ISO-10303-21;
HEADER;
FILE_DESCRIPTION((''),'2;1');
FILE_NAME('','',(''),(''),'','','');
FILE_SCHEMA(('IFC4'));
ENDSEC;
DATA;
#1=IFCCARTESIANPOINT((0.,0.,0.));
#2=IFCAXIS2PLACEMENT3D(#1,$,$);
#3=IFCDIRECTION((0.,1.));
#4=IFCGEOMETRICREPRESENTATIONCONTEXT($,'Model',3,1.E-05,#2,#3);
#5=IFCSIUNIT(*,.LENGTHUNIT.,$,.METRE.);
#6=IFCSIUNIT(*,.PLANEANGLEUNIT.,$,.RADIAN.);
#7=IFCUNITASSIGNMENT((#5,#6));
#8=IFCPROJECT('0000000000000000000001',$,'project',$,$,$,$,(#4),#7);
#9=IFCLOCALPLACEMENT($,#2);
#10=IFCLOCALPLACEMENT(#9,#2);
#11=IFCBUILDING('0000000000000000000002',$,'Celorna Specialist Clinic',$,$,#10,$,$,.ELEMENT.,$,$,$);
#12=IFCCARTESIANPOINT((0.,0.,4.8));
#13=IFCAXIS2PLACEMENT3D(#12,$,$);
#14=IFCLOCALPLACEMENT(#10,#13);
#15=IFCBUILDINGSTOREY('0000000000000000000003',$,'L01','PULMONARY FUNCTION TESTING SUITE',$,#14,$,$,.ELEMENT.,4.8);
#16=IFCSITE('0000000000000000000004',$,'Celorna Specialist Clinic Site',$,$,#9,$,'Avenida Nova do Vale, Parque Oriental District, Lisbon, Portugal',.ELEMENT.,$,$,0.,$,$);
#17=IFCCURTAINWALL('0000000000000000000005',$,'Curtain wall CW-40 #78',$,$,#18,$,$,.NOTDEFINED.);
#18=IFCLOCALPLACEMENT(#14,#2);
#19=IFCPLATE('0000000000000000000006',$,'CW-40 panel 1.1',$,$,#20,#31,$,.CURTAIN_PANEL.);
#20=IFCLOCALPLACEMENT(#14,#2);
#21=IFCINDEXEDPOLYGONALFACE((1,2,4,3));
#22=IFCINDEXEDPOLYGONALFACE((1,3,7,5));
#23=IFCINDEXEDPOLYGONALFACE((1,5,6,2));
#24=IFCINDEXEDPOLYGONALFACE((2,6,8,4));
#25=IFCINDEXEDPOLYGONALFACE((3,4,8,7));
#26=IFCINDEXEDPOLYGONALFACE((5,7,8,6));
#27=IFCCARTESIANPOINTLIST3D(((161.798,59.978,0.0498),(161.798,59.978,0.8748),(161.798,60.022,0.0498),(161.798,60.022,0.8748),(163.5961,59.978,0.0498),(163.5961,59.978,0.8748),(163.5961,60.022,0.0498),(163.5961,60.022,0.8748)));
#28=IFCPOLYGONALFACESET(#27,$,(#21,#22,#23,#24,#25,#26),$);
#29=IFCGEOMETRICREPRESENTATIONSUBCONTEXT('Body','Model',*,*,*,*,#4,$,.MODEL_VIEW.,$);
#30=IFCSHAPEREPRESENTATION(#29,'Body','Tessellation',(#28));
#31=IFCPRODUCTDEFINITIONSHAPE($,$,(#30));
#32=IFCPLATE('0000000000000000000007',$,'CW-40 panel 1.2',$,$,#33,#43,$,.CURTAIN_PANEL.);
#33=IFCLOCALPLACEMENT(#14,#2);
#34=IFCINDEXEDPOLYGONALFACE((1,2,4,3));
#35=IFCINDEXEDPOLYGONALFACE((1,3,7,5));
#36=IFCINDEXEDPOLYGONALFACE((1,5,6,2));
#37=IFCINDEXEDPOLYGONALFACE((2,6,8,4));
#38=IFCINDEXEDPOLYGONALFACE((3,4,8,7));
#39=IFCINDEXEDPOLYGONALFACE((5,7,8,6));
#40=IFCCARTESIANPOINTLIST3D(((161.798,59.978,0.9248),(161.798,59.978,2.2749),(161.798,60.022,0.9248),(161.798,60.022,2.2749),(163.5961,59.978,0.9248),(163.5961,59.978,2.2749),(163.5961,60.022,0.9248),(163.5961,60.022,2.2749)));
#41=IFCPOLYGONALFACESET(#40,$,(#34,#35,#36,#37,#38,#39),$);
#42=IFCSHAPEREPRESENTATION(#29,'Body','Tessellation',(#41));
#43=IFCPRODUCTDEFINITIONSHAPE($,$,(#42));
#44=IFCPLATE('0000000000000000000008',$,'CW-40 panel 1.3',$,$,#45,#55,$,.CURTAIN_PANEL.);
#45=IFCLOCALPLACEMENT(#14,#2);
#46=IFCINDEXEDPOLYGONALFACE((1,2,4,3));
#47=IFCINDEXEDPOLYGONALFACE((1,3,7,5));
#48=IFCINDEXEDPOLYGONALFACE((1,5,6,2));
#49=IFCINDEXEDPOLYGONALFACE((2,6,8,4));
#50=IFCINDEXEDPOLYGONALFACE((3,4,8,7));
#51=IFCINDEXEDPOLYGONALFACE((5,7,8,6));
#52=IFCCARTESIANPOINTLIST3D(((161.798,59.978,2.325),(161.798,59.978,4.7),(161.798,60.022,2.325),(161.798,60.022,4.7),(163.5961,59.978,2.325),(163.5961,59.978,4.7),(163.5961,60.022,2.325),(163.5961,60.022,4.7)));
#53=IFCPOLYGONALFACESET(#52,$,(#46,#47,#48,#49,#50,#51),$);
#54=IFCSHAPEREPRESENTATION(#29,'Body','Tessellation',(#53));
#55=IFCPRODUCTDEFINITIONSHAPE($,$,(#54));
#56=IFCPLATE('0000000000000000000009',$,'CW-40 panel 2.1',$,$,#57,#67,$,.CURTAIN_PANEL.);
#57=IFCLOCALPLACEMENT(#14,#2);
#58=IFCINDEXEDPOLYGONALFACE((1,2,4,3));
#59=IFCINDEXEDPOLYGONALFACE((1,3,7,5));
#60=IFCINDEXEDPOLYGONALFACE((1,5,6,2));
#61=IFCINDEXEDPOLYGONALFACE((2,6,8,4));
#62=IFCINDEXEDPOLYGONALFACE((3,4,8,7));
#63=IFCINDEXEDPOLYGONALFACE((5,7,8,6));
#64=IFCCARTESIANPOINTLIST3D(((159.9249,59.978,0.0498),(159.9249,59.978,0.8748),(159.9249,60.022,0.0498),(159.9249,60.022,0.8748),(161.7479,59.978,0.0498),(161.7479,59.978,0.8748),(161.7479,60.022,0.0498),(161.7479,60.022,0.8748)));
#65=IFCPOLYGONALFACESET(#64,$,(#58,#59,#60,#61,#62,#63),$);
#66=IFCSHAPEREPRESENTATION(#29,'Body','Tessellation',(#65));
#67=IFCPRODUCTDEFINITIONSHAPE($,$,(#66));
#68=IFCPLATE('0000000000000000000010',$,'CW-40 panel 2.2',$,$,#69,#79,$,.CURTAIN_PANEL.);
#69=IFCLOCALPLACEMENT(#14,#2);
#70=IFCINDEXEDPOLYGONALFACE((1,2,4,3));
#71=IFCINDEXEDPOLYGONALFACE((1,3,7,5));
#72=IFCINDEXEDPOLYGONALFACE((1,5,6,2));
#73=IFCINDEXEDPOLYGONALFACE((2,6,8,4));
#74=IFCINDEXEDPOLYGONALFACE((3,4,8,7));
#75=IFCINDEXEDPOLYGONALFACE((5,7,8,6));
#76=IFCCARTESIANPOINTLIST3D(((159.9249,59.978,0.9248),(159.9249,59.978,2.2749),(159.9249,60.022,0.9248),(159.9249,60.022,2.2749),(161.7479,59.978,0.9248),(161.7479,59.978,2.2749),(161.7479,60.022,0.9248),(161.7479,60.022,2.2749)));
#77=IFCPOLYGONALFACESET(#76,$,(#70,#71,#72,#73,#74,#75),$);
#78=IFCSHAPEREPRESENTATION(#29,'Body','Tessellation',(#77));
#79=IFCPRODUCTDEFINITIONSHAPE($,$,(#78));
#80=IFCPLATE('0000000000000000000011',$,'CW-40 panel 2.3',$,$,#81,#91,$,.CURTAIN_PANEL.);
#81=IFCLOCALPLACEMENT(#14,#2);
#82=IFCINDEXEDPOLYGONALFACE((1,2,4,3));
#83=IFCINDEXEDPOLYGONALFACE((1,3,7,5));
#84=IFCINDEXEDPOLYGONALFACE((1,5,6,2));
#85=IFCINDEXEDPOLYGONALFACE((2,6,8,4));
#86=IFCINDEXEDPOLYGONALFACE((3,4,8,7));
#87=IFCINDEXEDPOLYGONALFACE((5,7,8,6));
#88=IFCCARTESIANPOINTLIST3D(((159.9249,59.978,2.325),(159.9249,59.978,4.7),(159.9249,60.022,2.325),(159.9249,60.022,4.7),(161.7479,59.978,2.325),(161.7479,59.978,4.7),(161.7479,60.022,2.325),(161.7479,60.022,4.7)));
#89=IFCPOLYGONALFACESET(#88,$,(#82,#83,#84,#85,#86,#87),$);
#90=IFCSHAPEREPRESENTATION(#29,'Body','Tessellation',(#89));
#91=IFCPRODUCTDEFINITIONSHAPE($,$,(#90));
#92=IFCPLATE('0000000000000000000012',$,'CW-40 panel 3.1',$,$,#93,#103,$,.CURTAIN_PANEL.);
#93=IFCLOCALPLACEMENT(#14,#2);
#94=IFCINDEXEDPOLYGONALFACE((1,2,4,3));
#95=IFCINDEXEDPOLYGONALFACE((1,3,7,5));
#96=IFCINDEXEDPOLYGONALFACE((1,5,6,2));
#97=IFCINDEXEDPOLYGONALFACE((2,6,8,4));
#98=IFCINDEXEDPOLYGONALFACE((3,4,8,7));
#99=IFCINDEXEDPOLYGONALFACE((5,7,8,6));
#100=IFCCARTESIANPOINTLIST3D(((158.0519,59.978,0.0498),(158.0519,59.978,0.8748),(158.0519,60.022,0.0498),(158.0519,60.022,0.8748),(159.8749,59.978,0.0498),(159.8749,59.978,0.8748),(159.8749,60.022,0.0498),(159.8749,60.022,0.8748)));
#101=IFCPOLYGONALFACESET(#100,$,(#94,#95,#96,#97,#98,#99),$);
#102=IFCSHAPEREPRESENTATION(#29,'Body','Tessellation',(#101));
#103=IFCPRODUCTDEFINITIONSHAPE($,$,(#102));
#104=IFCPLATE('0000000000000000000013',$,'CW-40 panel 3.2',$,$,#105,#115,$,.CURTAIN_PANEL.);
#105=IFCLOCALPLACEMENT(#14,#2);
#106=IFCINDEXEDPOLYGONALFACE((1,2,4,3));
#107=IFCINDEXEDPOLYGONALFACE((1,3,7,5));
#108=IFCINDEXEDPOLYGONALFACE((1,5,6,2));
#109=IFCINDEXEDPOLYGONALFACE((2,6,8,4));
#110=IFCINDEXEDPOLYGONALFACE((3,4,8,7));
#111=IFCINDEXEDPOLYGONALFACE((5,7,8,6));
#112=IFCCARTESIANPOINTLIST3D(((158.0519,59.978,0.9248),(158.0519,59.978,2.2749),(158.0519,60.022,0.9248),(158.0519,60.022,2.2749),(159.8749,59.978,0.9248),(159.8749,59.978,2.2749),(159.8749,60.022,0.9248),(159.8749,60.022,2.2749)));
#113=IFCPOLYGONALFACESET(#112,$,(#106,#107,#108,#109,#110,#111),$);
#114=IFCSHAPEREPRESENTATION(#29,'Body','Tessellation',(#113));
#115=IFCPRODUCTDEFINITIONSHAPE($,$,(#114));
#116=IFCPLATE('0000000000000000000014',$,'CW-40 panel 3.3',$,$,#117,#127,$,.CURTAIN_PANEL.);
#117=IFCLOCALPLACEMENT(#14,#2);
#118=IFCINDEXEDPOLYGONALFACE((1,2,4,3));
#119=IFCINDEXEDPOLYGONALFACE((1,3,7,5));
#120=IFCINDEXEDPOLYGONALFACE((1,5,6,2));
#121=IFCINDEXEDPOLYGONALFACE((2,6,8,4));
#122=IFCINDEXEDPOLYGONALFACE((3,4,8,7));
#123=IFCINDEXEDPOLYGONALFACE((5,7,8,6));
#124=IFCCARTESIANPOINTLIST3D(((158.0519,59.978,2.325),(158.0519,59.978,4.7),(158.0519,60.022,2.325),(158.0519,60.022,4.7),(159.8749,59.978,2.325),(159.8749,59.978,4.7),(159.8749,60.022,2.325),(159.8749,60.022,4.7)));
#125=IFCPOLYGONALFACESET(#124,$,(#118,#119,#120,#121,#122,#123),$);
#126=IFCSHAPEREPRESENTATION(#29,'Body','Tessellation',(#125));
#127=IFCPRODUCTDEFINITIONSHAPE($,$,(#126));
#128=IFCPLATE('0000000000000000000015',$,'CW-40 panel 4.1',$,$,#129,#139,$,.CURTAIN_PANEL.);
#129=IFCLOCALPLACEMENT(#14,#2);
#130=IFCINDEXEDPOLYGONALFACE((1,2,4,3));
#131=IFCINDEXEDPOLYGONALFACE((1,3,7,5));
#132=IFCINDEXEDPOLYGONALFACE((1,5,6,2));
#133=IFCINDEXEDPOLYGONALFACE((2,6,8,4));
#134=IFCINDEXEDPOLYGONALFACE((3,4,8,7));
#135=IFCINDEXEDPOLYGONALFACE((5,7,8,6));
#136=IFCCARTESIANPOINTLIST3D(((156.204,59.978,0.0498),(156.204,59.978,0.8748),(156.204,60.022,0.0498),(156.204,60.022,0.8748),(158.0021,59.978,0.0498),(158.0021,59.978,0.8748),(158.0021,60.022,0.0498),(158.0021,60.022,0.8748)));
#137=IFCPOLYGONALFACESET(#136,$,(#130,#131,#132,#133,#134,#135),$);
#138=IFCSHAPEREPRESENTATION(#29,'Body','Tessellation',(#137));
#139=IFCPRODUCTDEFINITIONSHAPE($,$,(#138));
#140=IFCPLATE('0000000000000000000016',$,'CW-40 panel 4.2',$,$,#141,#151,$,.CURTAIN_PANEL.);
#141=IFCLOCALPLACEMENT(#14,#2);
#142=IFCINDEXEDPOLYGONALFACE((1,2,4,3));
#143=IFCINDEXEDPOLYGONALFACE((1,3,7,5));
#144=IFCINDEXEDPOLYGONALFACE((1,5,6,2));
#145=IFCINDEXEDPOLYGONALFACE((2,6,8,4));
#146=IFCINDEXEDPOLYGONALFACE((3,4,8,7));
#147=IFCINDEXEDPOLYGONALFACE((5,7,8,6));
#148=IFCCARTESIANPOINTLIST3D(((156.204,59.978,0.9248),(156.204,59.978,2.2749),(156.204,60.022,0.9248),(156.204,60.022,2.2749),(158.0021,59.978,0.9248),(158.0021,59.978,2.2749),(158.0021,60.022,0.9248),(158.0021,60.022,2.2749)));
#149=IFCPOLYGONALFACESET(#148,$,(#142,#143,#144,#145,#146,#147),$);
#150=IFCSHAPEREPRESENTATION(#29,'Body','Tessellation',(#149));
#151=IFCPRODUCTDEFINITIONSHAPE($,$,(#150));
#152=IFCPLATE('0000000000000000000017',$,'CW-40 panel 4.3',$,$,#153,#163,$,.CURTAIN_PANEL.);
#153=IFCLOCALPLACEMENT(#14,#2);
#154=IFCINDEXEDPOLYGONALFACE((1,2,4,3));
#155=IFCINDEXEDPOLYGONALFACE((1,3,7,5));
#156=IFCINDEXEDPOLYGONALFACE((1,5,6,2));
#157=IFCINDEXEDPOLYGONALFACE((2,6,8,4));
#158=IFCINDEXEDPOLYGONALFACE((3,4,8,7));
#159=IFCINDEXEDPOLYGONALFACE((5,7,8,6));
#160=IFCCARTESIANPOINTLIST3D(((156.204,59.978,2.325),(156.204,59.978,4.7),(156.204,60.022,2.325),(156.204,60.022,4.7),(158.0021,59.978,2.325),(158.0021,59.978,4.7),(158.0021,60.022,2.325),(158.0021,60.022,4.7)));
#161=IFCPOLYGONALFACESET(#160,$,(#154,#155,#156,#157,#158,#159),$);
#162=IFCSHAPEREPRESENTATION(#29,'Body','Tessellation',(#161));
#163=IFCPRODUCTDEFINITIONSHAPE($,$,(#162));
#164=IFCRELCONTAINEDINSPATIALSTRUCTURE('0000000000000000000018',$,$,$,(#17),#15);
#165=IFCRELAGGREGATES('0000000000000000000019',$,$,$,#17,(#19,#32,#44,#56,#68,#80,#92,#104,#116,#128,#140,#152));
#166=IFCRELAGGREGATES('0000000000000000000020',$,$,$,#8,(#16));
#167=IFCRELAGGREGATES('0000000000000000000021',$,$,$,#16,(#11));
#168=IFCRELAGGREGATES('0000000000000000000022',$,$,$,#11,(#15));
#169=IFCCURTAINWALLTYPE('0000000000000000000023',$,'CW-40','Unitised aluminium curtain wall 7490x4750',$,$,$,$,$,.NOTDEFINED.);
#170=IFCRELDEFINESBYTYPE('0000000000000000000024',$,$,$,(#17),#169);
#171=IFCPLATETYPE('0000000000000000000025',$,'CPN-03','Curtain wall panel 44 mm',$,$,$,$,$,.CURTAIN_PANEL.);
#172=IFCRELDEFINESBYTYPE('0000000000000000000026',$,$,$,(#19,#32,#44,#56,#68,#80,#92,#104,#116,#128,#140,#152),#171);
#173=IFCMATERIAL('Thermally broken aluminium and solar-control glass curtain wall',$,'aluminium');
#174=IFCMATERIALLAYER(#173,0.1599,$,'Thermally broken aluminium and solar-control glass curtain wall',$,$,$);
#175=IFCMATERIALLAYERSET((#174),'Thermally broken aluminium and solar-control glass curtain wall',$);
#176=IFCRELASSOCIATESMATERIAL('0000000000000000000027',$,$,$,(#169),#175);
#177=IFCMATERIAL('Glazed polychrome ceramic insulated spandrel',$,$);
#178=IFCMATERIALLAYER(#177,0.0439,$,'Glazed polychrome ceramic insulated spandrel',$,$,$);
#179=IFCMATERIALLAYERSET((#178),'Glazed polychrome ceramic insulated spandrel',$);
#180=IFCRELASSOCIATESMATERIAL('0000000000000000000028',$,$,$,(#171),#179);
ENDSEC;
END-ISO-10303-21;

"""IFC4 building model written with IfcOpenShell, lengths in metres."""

from ifc_helpers import new_model, si_unit, direction, frame, origin, origin_2d, place, context, subcontext, project, spatial, rectangle, extrude, material, layer, layer_set, type_object, element, aggregate, save


model = new_model("IFC4")

# Units and contexts
model_context = context("Model", 3, precision=1e-05, world=origin(), true_north=direction((0.0, 1.0)))
body_context = subcontext(model_context, "Body", "Model", "MODEL_VIEW")
ifc_project = project(units=[si_unit("LENGTHUNIT", "METRE"), si_unit("PLANEANGLEUNIT", "RADIAN")], contexts=[model_context])

# Site, building, storey
site_placement = place(None, origin())
site = spatial("IfcSite", under=ifc_project, at=site_placement, Name="Celorna Specialist Clinic Site", LongName="Avenida Nova do Vale, Parque Oriental District, Lisbon, Portugal", CompositionType="ELEMENT", RefElevation=0.0)
building_placement = place(site_placement, origin())
building = spatial("IfcBuilding", under=site, at=building_placement, Name="Celorna Specialist Clinic", CompositionType="ELEMENT")
storey_placement = place(building_placement, frame((0.0, 0.0, 4.8)))
storey = spatial("IfcBuildingStorey", under=building, at=storey_placement, Name="L01", Description="PULMONARY FUNCTION TESTING SUITE", CompositionType="ELEMENT", Elevation=4.8)

# Shared definitions
ifc_material_1 = material(Name="Thermally broken aluminium and solar-control glass curtain wall", Category="aluminium")

# Curtain wall
ifc_layer_1 = layer(ifc_material_1, 0.1599, Name="Thermally broken aluminium and solar-control glass curtain wall")
ifc_layer_set_1 = layer_set([ifc_layer_1], Name="Thermally broken aluminium and solar-control glass curtain wall")
curtain_wall_type_1 = type_object("IfcCurtainWallType", Name="CW-40", Description="Unitised aluminium curtain wall 7490x4750", PredefinedType="NOTDEFINED", material=ifc_layer_set_1)
curtain_wall_1_placement = place(storey_placement, origin())
curtain_wall_1 = element("IfcCurtainWall", 1, at=curtain_wall_1_placement, inside=storey, type_object=curtain_wall_type_1, Name="Curtain wall CW-40 #78", PredefinedType="NOTDEFINED")

# Plates
ifc_material_2 = material(Name="Glazed polychrome ceramic insulated spandrel")
ifc_layer_2 = layer(ifc_material_2, 0.0439, Name="Glazed polychrome ceramic insulated spandrel")
ifc_layer_set_2 = layer_set([ifc_layer_2], Name="Glazed polychrome ceramic insulated spandrel")
plate_type_1 = type_object("IfcPlateType", Name="CPN-03", Description="Curtain wall panel 44 mm", PredefinedType="CURTAIN_PANEL", material=ifc_layer_set_2)
plate_1_placement = place(storey_placement, frame((162.697, 60.0, 0.0498), z_axis=(0.0, 0.0, 1.0), x_axis=(-1.0, 0.0, 0.0)))
plate_1 = element("IfcPlate", 2, at=plate_1_placement, type_object=plate_type_1, Name="CW-40 panel 1.1", PredefinedType="CURTAIN_PANEL", context=body_context, shape_type="SweptSolid", body=[
    extrude(rectangle(XDim=1.7981, YDim=0.0439, at=origin_2d()), origin(), (0.0, 0.0, 1.0), 0.825),
])
plate_2_placement = place(storey_placement, frame((162.697, 60.0, 0.9248), z_axis=(0.0, 0.0, 1.0), x_axis=(-1.0, 0.0, 0.0)))
plate_2 = element("IfcPlate", 3, at=plate_2_placement, type_object=plate_type_1, Name="CW-40 panel 1.2", PredefinedType="CURTAIN_PANEL", context=body_context, shape_type="SweptSolid", body=[
    extrude(rectangle(XDim=1.7981, YDim=0.0439, at=origin_2d()), origin(), (0.0, 0.0, 1.0), 1.3501),
])
plate_3_placement = place(storey_placement, frame((162.697, 60.0, 2.325), z_axis=(0.0, 0.0, 1.0), x_axis=(-1.0, 0.0, 0.0)))
plate_3 = element("IfcPlate", 4, at=plate_3_placement, type_object=plate_type_1, Name="CW-40 panel 1.3", PredefinedType="CURTAIN_PANEL", context=body_context, shape_type="SweptSolid", body=[
    extrude(rectangle(XDim=1.7981, YDim=0.0439, at=origin_2d()), origin(), (0.0, 0.0, 1.0), 2.375),
])
plate_4_placement = place(storey_placement, frame((160.8364, 60.0, 0.0498), z_axis=(0.0, 0.0, 1.0), x_axis=(-1.0, 0.0, 0.0)))
plate_4 = element("IfcPlate", 5, at=plate_4_placement, type_object=plate_type_1, Name="CW-40 panel 2.1", PredefinedType="CURTAIN_PANEL", context=body_context, shape_type="SweptSolid", body=[
    extrude(rectangle(XDim=1.823, YDim=0.0439, at=origin_2d()), origin(), (0.0, 0.0, 1.0), 0.825),
])
plate_5_placement = place(storey_placement, frame((160.8364, 60.0, 0.9248), z_axis=(0.0, 0.0, 1.0), x_axis=(-1.0, 0.0, 0.0)))
plate_5 = element("IfcPlate", 6, at=plate_5_placement, type_object=plate_type_1, Name="CW-40 panel 2.2", PredefinedType="CURTAIN_PANEL", context=body_context, shape_type="SweptSolid", body=[
    extrude(rectangle(XDim=1.823, YDim=0.0439, at=origin_2d()), origin(), (0.0, 0.0, 1.0), 1.3501),
])
plate_6_placement = place(storey_placement, frame((160.8364, 60.0, 2.325), z_axis=(0.0, 0.0, 1.0), x_axis=(-1.0, 0.0, 0.0)))
plate_6 = element("IfcPlate", 7, at=plate_6_placement, type_object=plate_type_1, Name="CW-40 panel 2.3", PredefinedType="CURTAIN_PANEL", context=body_context, shape_type="SweptSolid", body=[
    extrude(rectangle(XDim=1.823, YDim=0.0439, at=origin_2d()), origin(), (0.0, 0.0, 1.0), 2.375),
])
plate_7_placement = place(storey_placement, frame((158.9634, 60.0, 0.0498), z_axis=(0.0, 0.0, 1.0), x_axis=(-1.0, 0.0, 0.0)))
plate_7 = element("IfcPlate", 8, at=plate_7_placement, type_object=plate_type_1, Name="CW-40 panel 3.1", PredefinedType="CURTAIN_PANEL", context=body_context, shape_type="SweptSolid", body=[
    extrude(rectangle(XDim=1.823, YDim=0.0439, at=origin_2d()), origin(), (0.0, 0.0, 1.0), 0.825),
])
plate_8_placement = place(storey_placement, frame((158.9634, 60.0, 0.9248), z_axis=(0.0, 0.0, 1.0), x_axis=(-1.0, 0.0, 0.0)))
plate_8 = element("IfcPlate", 9, at=plate_8_placement, type_object=plate_type_1, Name="CW-40 panel 3.2", PredefinedType="CURTAIN_PANEL", context=body_context, shape_type="SweptSolid", body=[
    extrude(rectangle(XDim=1.823, YDim=0.0439, at=origin_2d()), origin(), (0.0, 0.0, 1.0), 1.3501),
])
plate_9_placement = place(storey_placement, frame((158.9634, 60.0, 2.325), z_axis=(0.0, 0.0, 1.0), x_axis=(-1.0, 0.0, 0.0)))
plate_9 = element("IfcPlate", 10, at=plate_9_placement, type_object=plate_type_1, Name="CW-40 panel 3.3", PredefinedType="CURTAIN_PANEL", context=body_context, shape_type="SweptSolid", body=[
    extrude(rectangle(XDim=1.823, YDim=0.0439, at=origin_2d()), origin(), (0.0, 0.0, 1.0), 2.375),
])
plate_10_placement = place(storey_placement, frame((157.103, 60.0, 0.0498), z_axis=(0.0, 0.0, 1.0), x_axis=(-1.0, 0.0, 0.0)))
plate_10 = element("IfcPlate", 11, at=plate_10_placement, type_object=plate_type_1, Name="CW-40 panel 4.1", PredefinedType="CURTAIN_PANEL", context=body_context, shape_type="SweptSolid", body=[
    extrude(rectangle(XDim=1.7981, YDim=0.0439, at=origin_2d()), origin(), (0.0, 0.0, 1.0), 0.825),
])
plate_11_placement = place(storey_placement, frame((157.103, 60.0, 0.9248), z_axis=(0.0, 0.0, 1.0), x_axis=(-1.0, 0.0, 0.0)))
plate_11 = element("IfcPlate", 12, at=plate_11_placement, type_object=plate_type_1, Name="CW-40 panel 4.2", PredefinedType="CURTAIN_PANEL", context=body_context, shape_type="SweptSolid", body=[
    extrude(rectangle(XDim=1.7981, YDim=0.0439, at=origin_2d()), origin(), (0.0, 0.0, 1.0), 1.3501),
])
plate_12_placement = place(storey_placement, frame((157.103, 60.0, 2.325), z_axis=(0.0, 0.0, 1.0), x_axis=(-1.0, 0.0, 0.0)))
plate_12 = element("IfcPlate", 13, at=plate_12_placement, type_object=plate_type_1, Name="CW-40 panel 4.3", PredefinedType="CURTAIN_PANEL", context=body_context, shape_type="SweptSolid", body=[
    extrude(rectangle(XDim=1.7981, YDim=0.0439, at=origin_2d()), origin(), (0.0, 0.0, 1.0), 2.375),
])
aggregate(curtain_wall_1, [plate_1, plate_2, plate_3, plate_4, plate_5, plate_6, plate_7, plate_8, plate_9, plate_10, plate_11, plate_12])

save(model, "model.ifc")
